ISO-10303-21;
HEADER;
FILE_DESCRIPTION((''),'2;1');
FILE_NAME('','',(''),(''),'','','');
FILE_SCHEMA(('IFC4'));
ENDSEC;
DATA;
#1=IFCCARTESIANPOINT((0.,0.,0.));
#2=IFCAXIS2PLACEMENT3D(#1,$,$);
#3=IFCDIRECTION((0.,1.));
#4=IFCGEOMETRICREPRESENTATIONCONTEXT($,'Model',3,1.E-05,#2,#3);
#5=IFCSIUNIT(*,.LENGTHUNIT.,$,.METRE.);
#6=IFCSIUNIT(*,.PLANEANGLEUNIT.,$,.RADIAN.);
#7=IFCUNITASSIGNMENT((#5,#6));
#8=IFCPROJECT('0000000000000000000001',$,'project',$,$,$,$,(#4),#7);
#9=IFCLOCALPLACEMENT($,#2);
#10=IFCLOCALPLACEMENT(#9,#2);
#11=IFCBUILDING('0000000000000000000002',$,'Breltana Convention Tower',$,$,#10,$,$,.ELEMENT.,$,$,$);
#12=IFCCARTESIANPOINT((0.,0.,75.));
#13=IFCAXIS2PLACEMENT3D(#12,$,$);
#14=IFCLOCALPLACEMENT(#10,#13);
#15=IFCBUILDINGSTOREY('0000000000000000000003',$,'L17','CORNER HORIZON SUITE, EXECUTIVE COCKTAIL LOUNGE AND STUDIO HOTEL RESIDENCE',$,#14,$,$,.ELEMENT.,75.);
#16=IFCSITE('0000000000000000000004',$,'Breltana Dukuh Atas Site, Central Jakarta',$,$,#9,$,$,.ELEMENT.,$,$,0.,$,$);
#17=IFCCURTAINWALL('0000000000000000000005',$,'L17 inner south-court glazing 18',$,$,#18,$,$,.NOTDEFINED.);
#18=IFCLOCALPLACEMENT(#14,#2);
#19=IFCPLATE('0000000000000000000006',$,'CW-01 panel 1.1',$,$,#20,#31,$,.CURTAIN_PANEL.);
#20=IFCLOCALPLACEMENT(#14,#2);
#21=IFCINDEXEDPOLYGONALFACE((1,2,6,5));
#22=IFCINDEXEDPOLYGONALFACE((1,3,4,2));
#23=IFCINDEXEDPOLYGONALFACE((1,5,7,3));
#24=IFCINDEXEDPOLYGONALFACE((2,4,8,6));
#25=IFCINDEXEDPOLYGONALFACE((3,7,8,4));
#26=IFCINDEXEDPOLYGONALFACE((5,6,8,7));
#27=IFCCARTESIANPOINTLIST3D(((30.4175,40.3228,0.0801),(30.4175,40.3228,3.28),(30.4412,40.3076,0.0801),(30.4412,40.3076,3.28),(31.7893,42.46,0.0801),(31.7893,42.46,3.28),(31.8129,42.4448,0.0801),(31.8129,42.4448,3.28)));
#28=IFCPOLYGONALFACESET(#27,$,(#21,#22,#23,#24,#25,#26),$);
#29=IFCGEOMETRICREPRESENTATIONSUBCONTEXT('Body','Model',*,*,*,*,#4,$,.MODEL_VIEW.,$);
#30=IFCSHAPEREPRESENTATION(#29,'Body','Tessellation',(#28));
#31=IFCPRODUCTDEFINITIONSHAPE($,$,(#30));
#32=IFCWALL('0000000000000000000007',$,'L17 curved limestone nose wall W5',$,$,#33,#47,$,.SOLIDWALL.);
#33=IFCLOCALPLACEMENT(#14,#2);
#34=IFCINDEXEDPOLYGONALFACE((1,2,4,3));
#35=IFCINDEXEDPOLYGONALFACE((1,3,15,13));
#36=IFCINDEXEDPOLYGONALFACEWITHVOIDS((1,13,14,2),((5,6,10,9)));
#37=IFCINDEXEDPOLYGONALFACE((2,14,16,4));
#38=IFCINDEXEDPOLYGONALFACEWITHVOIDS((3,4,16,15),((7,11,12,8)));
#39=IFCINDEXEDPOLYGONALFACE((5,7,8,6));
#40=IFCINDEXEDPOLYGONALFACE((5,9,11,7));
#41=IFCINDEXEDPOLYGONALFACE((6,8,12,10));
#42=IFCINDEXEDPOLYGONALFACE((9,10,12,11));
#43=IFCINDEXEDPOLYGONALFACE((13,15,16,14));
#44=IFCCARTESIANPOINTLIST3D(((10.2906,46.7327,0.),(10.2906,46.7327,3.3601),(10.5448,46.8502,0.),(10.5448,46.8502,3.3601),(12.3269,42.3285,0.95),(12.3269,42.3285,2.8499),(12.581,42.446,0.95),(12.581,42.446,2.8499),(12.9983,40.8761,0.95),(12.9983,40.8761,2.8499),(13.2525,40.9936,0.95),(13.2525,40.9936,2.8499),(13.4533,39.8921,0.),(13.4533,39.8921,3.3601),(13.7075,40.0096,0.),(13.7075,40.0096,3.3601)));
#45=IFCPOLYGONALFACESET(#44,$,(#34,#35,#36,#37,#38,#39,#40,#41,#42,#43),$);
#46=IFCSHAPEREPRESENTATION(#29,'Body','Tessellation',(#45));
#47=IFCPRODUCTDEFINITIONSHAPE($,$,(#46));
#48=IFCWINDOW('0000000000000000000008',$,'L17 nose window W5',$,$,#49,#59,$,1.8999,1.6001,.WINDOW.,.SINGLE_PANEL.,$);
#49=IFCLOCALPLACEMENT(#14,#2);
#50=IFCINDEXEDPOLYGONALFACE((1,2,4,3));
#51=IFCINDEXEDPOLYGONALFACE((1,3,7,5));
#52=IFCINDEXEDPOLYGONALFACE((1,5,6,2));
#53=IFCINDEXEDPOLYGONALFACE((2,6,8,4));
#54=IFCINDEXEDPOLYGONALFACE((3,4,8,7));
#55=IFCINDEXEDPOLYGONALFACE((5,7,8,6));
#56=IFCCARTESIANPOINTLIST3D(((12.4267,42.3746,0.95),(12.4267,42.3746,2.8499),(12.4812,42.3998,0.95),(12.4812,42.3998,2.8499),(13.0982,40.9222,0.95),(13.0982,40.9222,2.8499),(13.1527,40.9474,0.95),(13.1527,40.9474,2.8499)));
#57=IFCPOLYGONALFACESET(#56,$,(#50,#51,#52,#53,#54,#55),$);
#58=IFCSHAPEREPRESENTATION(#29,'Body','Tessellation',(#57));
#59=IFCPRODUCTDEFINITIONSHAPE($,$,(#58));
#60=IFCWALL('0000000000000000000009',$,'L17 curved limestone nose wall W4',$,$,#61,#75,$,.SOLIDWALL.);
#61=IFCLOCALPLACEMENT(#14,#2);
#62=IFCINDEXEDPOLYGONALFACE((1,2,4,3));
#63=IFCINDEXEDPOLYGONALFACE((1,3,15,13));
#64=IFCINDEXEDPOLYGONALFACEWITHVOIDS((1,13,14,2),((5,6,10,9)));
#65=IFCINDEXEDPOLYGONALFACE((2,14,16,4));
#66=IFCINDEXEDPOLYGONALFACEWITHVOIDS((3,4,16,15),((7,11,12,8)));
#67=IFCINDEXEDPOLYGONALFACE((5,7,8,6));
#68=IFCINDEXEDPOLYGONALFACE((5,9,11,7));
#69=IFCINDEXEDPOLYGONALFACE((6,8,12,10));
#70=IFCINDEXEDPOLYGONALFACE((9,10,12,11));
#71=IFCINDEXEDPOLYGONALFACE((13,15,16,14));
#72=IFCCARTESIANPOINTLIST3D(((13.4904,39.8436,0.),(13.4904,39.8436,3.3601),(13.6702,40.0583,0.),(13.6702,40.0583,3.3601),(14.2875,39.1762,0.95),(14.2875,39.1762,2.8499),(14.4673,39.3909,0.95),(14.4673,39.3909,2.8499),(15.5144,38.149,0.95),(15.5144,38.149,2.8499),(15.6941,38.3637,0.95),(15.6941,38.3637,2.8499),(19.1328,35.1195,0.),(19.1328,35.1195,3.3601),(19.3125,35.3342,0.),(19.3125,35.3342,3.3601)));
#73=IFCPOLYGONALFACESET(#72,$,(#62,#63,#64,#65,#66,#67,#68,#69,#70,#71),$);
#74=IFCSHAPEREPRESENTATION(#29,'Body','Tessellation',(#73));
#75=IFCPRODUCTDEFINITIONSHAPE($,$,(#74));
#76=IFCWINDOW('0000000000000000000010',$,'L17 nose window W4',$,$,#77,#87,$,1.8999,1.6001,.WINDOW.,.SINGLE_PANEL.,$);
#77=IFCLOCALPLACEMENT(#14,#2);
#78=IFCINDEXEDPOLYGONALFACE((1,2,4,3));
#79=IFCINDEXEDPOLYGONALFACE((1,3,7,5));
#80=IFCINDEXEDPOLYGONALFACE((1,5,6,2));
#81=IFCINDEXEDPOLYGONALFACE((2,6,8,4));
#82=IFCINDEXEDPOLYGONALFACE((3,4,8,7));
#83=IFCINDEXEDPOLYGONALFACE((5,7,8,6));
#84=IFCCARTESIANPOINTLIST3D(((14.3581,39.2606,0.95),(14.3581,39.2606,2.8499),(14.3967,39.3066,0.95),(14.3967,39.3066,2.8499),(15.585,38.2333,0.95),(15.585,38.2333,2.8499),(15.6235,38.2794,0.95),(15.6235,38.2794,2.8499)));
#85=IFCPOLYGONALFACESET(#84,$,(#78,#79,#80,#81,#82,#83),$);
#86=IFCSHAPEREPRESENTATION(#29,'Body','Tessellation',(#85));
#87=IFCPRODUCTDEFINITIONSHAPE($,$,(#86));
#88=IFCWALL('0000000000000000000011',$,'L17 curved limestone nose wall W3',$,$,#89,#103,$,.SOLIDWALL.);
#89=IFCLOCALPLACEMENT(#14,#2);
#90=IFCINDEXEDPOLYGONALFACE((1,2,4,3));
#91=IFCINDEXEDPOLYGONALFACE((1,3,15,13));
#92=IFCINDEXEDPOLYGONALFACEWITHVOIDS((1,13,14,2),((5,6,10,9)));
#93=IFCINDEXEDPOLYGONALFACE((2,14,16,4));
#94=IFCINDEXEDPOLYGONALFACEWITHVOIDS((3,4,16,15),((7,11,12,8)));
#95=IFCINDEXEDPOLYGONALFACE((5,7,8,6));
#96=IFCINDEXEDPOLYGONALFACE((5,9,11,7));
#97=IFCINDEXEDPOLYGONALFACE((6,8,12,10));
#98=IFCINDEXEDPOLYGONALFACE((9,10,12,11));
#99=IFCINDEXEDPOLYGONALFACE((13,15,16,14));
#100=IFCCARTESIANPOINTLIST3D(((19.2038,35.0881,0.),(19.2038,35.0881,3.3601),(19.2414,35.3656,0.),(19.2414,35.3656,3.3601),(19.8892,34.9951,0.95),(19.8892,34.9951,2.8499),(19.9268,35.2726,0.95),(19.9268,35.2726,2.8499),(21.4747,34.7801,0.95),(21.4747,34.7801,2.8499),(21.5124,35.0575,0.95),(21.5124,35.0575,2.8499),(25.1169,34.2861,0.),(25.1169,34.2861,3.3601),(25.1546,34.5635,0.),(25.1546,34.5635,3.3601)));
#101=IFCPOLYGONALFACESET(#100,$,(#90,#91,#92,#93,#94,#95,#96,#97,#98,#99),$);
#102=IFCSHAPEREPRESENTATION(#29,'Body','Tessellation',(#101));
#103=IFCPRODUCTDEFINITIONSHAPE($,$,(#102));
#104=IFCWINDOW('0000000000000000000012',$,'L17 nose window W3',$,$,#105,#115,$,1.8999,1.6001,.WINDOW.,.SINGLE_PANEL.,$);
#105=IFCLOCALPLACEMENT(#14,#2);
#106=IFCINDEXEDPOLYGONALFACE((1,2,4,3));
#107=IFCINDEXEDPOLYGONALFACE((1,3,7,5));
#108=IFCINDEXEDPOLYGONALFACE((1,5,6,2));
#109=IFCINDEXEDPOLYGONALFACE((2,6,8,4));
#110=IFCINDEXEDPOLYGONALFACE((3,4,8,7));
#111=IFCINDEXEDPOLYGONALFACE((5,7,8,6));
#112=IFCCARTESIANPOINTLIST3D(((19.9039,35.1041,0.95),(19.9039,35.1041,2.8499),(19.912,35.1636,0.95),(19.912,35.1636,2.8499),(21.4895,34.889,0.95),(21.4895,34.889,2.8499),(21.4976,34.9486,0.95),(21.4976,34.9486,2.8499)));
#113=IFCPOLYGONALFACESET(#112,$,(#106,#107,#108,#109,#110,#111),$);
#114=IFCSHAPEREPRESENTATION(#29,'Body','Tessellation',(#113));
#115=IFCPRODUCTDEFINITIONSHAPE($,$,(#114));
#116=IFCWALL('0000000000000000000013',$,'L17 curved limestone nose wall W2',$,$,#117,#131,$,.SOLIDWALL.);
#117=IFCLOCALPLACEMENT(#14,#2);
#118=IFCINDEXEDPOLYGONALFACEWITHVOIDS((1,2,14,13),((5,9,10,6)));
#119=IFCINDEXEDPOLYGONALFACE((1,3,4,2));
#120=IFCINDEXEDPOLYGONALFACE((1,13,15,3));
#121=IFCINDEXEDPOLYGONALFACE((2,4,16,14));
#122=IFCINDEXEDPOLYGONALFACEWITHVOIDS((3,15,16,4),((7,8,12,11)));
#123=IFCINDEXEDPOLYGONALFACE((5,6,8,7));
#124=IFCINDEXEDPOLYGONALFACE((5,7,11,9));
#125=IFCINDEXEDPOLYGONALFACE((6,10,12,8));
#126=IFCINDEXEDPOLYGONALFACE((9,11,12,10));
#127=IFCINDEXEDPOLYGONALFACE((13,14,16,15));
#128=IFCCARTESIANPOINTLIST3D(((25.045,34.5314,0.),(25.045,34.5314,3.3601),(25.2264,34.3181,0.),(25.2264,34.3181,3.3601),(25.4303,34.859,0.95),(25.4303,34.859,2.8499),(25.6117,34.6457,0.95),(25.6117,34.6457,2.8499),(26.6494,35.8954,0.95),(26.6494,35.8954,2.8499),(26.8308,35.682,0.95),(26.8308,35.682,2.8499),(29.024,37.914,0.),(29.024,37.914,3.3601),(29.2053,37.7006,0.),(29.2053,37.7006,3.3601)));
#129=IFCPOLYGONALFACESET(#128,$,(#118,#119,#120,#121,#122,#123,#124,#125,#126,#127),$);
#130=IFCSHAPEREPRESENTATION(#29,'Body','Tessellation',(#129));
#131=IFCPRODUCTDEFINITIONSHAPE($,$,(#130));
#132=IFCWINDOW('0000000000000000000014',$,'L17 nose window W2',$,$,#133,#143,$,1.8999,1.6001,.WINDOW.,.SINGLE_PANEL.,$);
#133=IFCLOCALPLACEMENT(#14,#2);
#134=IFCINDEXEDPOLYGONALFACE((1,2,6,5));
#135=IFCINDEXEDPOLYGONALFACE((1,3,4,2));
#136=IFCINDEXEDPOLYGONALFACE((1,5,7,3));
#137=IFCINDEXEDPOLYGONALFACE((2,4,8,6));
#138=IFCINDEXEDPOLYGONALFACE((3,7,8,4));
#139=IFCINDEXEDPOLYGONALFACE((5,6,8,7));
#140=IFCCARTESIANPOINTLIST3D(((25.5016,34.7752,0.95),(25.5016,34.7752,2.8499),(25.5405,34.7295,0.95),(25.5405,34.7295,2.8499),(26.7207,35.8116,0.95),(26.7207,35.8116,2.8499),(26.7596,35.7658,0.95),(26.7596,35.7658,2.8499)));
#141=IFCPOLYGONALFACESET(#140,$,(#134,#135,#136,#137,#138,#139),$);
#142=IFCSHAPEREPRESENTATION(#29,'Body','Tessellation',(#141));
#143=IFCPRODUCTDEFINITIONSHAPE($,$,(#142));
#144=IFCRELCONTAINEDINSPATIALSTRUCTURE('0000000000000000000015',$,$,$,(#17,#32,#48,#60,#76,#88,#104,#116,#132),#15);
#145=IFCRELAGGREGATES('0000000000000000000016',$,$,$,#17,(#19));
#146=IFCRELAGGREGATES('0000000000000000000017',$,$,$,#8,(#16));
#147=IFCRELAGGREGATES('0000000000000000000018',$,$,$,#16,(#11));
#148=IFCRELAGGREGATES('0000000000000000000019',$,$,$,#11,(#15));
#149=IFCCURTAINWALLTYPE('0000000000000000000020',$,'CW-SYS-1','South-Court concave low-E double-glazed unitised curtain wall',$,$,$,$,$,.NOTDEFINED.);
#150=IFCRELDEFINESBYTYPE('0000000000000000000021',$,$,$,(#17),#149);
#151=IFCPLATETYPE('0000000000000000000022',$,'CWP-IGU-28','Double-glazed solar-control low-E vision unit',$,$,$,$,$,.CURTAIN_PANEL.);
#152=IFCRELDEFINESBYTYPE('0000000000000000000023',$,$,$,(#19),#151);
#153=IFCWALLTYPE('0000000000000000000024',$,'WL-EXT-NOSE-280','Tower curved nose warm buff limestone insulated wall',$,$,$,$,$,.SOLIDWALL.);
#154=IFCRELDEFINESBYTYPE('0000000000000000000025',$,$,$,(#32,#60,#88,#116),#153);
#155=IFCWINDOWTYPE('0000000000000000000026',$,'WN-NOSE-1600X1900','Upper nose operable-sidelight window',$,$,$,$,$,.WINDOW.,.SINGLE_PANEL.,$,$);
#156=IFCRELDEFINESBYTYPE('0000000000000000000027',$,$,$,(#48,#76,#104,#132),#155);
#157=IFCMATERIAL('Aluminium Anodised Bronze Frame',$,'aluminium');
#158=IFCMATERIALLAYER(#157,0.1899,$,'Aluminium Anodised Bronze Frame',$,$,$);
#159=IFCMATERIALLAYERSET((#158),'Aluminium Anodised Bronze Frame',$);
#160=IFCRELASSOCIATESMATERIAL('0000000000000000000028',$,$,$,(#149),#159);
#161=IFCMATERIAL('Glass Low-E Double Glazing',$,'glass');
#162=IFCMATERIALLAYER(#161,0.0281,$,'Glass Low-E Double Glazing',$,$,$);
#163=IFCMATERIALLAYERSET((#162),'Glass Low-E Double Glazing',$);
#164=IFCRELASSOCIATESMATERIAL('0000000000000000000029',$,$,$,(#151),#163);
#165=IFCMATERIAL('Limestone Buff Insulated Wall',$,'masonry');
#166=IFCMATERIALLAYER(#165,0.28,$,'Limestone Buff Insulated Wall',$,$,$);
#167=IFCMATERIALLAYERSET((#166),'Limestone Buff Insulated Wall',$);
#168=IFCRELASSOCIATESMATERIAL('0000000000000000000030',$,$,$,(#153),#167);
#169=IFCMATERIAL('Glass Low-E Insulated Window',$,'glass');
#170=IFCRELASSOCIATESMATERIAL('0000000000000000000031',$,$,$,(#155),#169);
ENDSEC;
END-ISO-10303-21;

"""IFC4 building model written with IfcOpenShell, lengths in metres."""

from ifc_helpers import new_model, si_unit, direction, frame, frame_2d, origin, origin_2d, place, context, subcontext, project, spatial, rectangle, extrude, source, transform, mapped, material, layer, layer_set, type_object, type_shapes, element, fill, aggregate, save


model = new_model("IFC4")

# Units and contexts
model_context = context("Model", 3, precision=1e-05, world=origin(), true_north=direction((0.0, 1.0)))
body_context = subcontext(model_context, "Body", "Model", "MODEL_VIEW")
ifc_project = project(units=[si_unit("LENGTHUNIT", "METRE"), si_unit("PLANEANGLEUNIT", "RADIAN")], contexts=[model_context])

# Site, building, storey
site_placement = place(None, origin())
site = spatial("IfcSite", under=ifc_project, at=site_placement, Name="Breltana Dukuh Atas Site, Central Jakarta", CompositionType="ELEMENT", RefElevation=0.0)
building_placement = place(site_placement, origin())
building = spatial("IfcBuilding", under=site, at=building_placement, Name="Breltana Convention Tower", CompositionType="ELEMENT")
storey_placement = place(building_placement, frame((0.0, 0.0, 75.0)))
storey = spatial("IfcBuildingStorey", under=building, at=storey_placement, Name="L17", Description="CORNER HORIZON SUITE, EXECUTIVE COCKTAIL LOUNGE AND STUDIO HOTEL RESIDENCE", CompositionType="ELEMENT", Elevation=75.0)

# Curtain wall
ifc_material_1 = material(Name="Aluminium Anodised Bronze Frame", Category="aluminium")
ifc_layer_1 = layer(ifc_material_1, 0.1899, Name="Aluminium Anodised Bronze Frame")
ifc_layer_set_1 = layer_set([ifc_layer_1], Name="Aluminium Anodised Bronze Frame")
curtain_wall_type = type_object("IfcCurtainWallType", Name="CW-SYS-1", Description="South-Court concave low-E double-glazed unitised curtain wall", PredefinedType="NOTDEFINED", material=ifc_layer_set_1)
curtain_wall_1_placement = place(storey_placement, origin())
curtain_wall_1 = element("IfcCurtainWall", 1, at=curtain_wall_1_placement, inside=storey, type_object=curtain_wall_type, Name="L17 inner south-court glazing 18", PredefinedType="NOTDEFINED")

# Plate
ifc_material_2 = material(Name="Glass Low-E Double Glazing", Category="glass")
ifc_layer_2 = layer(ifc_material_2, 0.0281, Name="Glass Low-E Double Glazing")
ifc_layer_set_2 = layer_set([ifc_layer_2], Name="Glass Low-E Double Glazing")
plate_type = type_object("IfcPlateType", Name="CWP-IGU-28", Description="Double-glazed solar-control low-E vision unit", PredefinedType="CURTAIN_PANEL", material=ifc_layer_set_2)
shared_shape_1 = source(origin(), body_context, "Body", "SweptSolid", [
    extrude(rectangle(XDim=2.5396, YDim=0.0281, at=origin_2d()), origin(), (0.0, 0.0, 1.0), 3.2),
])
plate_1_placement = place(storey_placement, frame((31.1152, 41.3838, 0.0801), z_axis=(0.0, 0.0, 1.0), x_axis=(-0.54017, -0.841556, 0.0)))
plate_1 = element("IfcPlate", 2, at=plate_1_placement, type_object=plate_type, Name="CW-01 panel 1.1", PredefinedType="CURTAIN_PANEL", context=body_context, shape_type="MappedRepresentation", body=[
    mapped(shared_shape_1, transform((0.0, 0.0, 0.0), scale=1.0)),
])
aggregate(curtain_wall_1, [plate_1])

# Walls, openings, windows
ifc_material_3 = material(Name="Limestone Buff Insulated Wall", Category="masonry")
ifc_layer_3 = layer(ifc_material_3, 0.28, Name="Limestone Buff Insulated Wall")
ifc_layer_set_3 = layer_set([ifc_layer_3], Name="Limestone Buff Insulated Wall")
wall_type_1 = type_object("IfcWallType", Name="WL-EXT-NOSE-280", Description="Tower curved nose warm buff limestone insulated wall", PredefinedType="SOLIDWALL", material=ifc_layer_set_3)
shared_shape_2 = source(origin(), body_context, "Body", "SweptSolid", [
    extrude(rectangle(XDim=7.5364, YDim=0.28, at=frame_2d((3.7681, 0.0))), origin(), (0.0, 0.0, 1.0), 3.3601),
])
wall_1_placement = place(storey_placement, frame((13.5803, 39.9509, 0.0), z_axis=(0.0, 0.0, 1.0), x_axis=(-0.41965, 0.907686, 0.0)))
wall_1 = element("IfcWall", 3, at=wall_1_placement, inside=storey, type_object=wall_type_1, Name="L17 curved limestone nose wall W5", PredefinedType="SOLIDWALL", context=body_context, shape_type="MappedRepresentation", body=[
    mapped(shared_shape_2, transform((0.0, 0.0, 0.0), scale=1.0)),
])
opening_1_placement = place(wall_1_placement, frame((1.084, 0.0, 0.95)))
opening_1 = element("IfcOpeningElement", 4, at=opening_1_placement, cuts=wall_1, PredefinedType="OPENING", context=body_context, shape_type="SweptSolid", body=[
    extrude(rectangle(XDim=1.6001, YDim=1.8999, at=frame_2d((0.8, 0.95))), frame((0.0, 0.1499, 0.0), z_axis=(0.0, -1.0, 0.0), x_axis=(1.0, 0.0, 0.0)), (0.0, 0.0, 1.0), 0.3),
])
ifc_material_4 = material(Name="Glass Low-E Insulated Window", Category="glass")
window_type = type_object("IfcWindowType", Name="WN-NOSE-1600X1900", Description="Upper nose operable-sidelight window", PartitioningType="SINGLE_PANEL", PredefinedType="WINDOW", material=ifc_material_4)
shared_shape_3 = source(origin(), body_context, "Body", "SweptSolid", [
    extrude(rectangle(XDim=1.6001, YDim=1.8999, at=frame_2d((0.8, 0.95))), frame((0.0, 0.03, 0.0), z_axis=(0.0, -1.0, 0.0), x_axis=(1.0, 0.0, 0.0)), (0.0, 0.0, 1.0), 0.0601),
])
type_shapes(window_type, [shared_shape_3])
window_1_placement = place(opening_1_placement, origin())
window_1 = element("IfcWindow", 5, at=window_1_placement, inside=storey, type_object=window_type, Name="L17 nose window W5", OverallHeight=1.8999, OverallWidth=1.6001, PartitioningType="SINGLE_PANEL", PredefinedType="WINDOW", context=body_context, shape_type="MappedRepresentation", body=[
    mapped(shared_shape_3, transform((0.0, 0.0, 0.0), scale=1.0)),
])
fill(opening_1, window_1)
shared_shape_4 = source(origin(), body_context, "Body", "SweptSolid", [
    extrude(rectangle(XDim=7.3589, YDim=0.28, at=frame_2d((3.6794, 0.0))), origin(), (0.0, 0.0, 1.0), 3.3601),
])
wall_2_placement = place(storey_placement, frame((19.2227, 35.2268, 0.0), z_axis=(0.0, 0.0, 1.0), x_axis=(-0.766737, 0.641961, 0.0)))
wall_2 = element("IfcWall", 6, at=wall_2_placement, inside=storey, type_object=wall_type_1, Name="L17 curved limestone nose wall W4", PredefinedType="SOLIDWALL", context=body_context, shape_type="MappedRepresentation", body=[
    mapped(shared_shape_4, transform((0.0, 0.0, 0.0), scale=1.0)),
])
opening_2_placement = place(wall_2_placement, frame((4.7192, 0.0, 0.95)))
opening_2 = element("IfcOpeningElement", 7, at=opening_2_placement, cuts=wall_2, PredefinedType="OPENING", context=body_context, shape_type="SweptSolid", body=[
    extrude(rectangle(XDim=1.6001, YDim=1.8999, at=frame_2d((0.8, 0.95))), frame((0.0, 0.1499, 0.0), z_axis=(0.0, -1.0, 0.0), x_axis=(1.0, 0.0, 0.0)), (0.0, 0.0, 1.0), 0.3),
])
window_2_placement = place(opening_2_placement, origin())
window_2 = element("IfcWindow", 8, at=window_2_placement, inside=storey, type_object=window_type, Name="L17 nose window W4", OverallHeight=1.8999, OverallWidth=1.6001, PartitioningType="SINGLE_PANEL", PredefinedType="WINDOW", context=body_context, shape_type="MappedRepresentation", body=[
    mapped(shared_shape_3, transform((0.0, 0.0, 0.0), scale=1.0)),
])
fill(opening_2, window_2)
shared_shape_5 = source(origin(), body_context, "Body", "SweptSolid", [
    extrude(rectangle(XDim=5.9673, YDim=0.28, at=frame_2d((2.9836, 0.0))), origin(), (0.0, 0.0, 1.0), 3.3601),
])
wall_3_placement = place(storey_placement, frame((25.1357, 34.4248, 0.0), z_axis=(0.0, 0.0, 1.0), x_axis=(-0.990927, 0.134401, 0.0)))
wall_3 = element("IfcWall", 9, at=wall_3_placement, inside=storey, type_object=wall_type_1, Name="L17 curved limestone nose wall W3", PredefinedType="SOLIDWALL", context=body_context, shape_type="MappedRepresentation", body=[
    mapped(shared_shape_5, transform((0.0, 0.0, 0.0), scale=1.0)),
])
opening_3_placement = place(wall_3_placement, frame((3.6755, 0.0, 0.95)))
opening_3 = element("IfcOpeningElement", 10, at=opening_3_placement, cuts=wall_3, PredefinedType="OPENING", context=body_context, shape_type="SweptSolid", body=[
    extrude(rectangle(XDim=1.6001, YDim=1.8999, at=frame_2d((0.8, 0.95))), frame((0.0, 0.1499, 0.0), z_axis=(0.0, -1.0, 0.0), x_axis=(1.0, 0.0, 0.0)), (0.0, 0.0, 1.0), 0.3),
])
window_3_placement = place(opening_3_placement, origin())
window_3 = element("IfcWindow", 11, at=window_3_placement, inside=storey, type_object=window_type, Name="L17 nose window W3", OverallHeight=1.8999, OverallWidth=1.6001, PartitioningType="SINGLE_PANEL", PredefinedType="WINDOW", context=body_context, shape_type="MappedRepresentation", body=[
    mapped(shared_shape_3, transform((0.0, 0.0, 0.0), scale=1.0)),
])
fill(opening_3, window_3)
shared_shape_6 = source(origin(), body_context, "Body", "SweptSolid", [
    extrude(rectangle(XDim=5.2224, YDim=0.28, at=frame_2d((2.6113, 0.0))), origin(), (0.0, 0.0, 1.0), 3.3601),
])
wall_4_placement = place(storey_placement, frame((29.1147, 37.8074, 0.0), z_axis=(0.0, 0.0, 1.0), x_axis=(-0.7619, -0.647695, 0.0)))
wall_4 = element("IfcWall", 12, at=wall_4_placement, inside=storey, type_object=wall_type_1, Name="L17 curved limestone nose wall W2", PredefinedType="SOLIDWALL", context=body_context, shape_type="MappedRepresentation", body=[
    mapped(shared_shape_6, transform((0.0, 0.0, 0.0), scale=1.0)),
])
opening_4_placement = place(wall_4_placement, frame((3.1167, 0.0, 0.95)))
opening_4 = element("IfcOpeningElement", 13, at=opening_4_placement, cuts=wall_4, PredefinedType="OPENING", context=body_context, shape_type="SweptSolid", body=[
    extrude(rectangle(XDim=1.6001, YDim=1.8999, at=frame_2d((0.8, 0.95))), frame((0.0, 0.1499, 0.0), z_axis=(0.0, -1.0, 0.0), x_axis=(1.0, 0.0, 0.0)), (0.0, 0.0, 1.0), 0.3),
])
window_4_placement = place(opening_4_placement, origin())
window_4 = element("IfcWindow", 14, at=window_4_placement, inside=storey, type_object=window_type, Name="L17 nose window W2", OverallHeight=1.8999, OverallWidth=1.6001, PartitioningType="SINGLE_PANEL", PredefinedType="WINDOW", context=body_context, shape_type="MappedRepresentation", body=[
    mapped(shared_shape_3, transform((0.0, 0.0, 0.0), scale=1.0)),
])
fill(opening_4, window_4)

save(model, "model.ifc")
